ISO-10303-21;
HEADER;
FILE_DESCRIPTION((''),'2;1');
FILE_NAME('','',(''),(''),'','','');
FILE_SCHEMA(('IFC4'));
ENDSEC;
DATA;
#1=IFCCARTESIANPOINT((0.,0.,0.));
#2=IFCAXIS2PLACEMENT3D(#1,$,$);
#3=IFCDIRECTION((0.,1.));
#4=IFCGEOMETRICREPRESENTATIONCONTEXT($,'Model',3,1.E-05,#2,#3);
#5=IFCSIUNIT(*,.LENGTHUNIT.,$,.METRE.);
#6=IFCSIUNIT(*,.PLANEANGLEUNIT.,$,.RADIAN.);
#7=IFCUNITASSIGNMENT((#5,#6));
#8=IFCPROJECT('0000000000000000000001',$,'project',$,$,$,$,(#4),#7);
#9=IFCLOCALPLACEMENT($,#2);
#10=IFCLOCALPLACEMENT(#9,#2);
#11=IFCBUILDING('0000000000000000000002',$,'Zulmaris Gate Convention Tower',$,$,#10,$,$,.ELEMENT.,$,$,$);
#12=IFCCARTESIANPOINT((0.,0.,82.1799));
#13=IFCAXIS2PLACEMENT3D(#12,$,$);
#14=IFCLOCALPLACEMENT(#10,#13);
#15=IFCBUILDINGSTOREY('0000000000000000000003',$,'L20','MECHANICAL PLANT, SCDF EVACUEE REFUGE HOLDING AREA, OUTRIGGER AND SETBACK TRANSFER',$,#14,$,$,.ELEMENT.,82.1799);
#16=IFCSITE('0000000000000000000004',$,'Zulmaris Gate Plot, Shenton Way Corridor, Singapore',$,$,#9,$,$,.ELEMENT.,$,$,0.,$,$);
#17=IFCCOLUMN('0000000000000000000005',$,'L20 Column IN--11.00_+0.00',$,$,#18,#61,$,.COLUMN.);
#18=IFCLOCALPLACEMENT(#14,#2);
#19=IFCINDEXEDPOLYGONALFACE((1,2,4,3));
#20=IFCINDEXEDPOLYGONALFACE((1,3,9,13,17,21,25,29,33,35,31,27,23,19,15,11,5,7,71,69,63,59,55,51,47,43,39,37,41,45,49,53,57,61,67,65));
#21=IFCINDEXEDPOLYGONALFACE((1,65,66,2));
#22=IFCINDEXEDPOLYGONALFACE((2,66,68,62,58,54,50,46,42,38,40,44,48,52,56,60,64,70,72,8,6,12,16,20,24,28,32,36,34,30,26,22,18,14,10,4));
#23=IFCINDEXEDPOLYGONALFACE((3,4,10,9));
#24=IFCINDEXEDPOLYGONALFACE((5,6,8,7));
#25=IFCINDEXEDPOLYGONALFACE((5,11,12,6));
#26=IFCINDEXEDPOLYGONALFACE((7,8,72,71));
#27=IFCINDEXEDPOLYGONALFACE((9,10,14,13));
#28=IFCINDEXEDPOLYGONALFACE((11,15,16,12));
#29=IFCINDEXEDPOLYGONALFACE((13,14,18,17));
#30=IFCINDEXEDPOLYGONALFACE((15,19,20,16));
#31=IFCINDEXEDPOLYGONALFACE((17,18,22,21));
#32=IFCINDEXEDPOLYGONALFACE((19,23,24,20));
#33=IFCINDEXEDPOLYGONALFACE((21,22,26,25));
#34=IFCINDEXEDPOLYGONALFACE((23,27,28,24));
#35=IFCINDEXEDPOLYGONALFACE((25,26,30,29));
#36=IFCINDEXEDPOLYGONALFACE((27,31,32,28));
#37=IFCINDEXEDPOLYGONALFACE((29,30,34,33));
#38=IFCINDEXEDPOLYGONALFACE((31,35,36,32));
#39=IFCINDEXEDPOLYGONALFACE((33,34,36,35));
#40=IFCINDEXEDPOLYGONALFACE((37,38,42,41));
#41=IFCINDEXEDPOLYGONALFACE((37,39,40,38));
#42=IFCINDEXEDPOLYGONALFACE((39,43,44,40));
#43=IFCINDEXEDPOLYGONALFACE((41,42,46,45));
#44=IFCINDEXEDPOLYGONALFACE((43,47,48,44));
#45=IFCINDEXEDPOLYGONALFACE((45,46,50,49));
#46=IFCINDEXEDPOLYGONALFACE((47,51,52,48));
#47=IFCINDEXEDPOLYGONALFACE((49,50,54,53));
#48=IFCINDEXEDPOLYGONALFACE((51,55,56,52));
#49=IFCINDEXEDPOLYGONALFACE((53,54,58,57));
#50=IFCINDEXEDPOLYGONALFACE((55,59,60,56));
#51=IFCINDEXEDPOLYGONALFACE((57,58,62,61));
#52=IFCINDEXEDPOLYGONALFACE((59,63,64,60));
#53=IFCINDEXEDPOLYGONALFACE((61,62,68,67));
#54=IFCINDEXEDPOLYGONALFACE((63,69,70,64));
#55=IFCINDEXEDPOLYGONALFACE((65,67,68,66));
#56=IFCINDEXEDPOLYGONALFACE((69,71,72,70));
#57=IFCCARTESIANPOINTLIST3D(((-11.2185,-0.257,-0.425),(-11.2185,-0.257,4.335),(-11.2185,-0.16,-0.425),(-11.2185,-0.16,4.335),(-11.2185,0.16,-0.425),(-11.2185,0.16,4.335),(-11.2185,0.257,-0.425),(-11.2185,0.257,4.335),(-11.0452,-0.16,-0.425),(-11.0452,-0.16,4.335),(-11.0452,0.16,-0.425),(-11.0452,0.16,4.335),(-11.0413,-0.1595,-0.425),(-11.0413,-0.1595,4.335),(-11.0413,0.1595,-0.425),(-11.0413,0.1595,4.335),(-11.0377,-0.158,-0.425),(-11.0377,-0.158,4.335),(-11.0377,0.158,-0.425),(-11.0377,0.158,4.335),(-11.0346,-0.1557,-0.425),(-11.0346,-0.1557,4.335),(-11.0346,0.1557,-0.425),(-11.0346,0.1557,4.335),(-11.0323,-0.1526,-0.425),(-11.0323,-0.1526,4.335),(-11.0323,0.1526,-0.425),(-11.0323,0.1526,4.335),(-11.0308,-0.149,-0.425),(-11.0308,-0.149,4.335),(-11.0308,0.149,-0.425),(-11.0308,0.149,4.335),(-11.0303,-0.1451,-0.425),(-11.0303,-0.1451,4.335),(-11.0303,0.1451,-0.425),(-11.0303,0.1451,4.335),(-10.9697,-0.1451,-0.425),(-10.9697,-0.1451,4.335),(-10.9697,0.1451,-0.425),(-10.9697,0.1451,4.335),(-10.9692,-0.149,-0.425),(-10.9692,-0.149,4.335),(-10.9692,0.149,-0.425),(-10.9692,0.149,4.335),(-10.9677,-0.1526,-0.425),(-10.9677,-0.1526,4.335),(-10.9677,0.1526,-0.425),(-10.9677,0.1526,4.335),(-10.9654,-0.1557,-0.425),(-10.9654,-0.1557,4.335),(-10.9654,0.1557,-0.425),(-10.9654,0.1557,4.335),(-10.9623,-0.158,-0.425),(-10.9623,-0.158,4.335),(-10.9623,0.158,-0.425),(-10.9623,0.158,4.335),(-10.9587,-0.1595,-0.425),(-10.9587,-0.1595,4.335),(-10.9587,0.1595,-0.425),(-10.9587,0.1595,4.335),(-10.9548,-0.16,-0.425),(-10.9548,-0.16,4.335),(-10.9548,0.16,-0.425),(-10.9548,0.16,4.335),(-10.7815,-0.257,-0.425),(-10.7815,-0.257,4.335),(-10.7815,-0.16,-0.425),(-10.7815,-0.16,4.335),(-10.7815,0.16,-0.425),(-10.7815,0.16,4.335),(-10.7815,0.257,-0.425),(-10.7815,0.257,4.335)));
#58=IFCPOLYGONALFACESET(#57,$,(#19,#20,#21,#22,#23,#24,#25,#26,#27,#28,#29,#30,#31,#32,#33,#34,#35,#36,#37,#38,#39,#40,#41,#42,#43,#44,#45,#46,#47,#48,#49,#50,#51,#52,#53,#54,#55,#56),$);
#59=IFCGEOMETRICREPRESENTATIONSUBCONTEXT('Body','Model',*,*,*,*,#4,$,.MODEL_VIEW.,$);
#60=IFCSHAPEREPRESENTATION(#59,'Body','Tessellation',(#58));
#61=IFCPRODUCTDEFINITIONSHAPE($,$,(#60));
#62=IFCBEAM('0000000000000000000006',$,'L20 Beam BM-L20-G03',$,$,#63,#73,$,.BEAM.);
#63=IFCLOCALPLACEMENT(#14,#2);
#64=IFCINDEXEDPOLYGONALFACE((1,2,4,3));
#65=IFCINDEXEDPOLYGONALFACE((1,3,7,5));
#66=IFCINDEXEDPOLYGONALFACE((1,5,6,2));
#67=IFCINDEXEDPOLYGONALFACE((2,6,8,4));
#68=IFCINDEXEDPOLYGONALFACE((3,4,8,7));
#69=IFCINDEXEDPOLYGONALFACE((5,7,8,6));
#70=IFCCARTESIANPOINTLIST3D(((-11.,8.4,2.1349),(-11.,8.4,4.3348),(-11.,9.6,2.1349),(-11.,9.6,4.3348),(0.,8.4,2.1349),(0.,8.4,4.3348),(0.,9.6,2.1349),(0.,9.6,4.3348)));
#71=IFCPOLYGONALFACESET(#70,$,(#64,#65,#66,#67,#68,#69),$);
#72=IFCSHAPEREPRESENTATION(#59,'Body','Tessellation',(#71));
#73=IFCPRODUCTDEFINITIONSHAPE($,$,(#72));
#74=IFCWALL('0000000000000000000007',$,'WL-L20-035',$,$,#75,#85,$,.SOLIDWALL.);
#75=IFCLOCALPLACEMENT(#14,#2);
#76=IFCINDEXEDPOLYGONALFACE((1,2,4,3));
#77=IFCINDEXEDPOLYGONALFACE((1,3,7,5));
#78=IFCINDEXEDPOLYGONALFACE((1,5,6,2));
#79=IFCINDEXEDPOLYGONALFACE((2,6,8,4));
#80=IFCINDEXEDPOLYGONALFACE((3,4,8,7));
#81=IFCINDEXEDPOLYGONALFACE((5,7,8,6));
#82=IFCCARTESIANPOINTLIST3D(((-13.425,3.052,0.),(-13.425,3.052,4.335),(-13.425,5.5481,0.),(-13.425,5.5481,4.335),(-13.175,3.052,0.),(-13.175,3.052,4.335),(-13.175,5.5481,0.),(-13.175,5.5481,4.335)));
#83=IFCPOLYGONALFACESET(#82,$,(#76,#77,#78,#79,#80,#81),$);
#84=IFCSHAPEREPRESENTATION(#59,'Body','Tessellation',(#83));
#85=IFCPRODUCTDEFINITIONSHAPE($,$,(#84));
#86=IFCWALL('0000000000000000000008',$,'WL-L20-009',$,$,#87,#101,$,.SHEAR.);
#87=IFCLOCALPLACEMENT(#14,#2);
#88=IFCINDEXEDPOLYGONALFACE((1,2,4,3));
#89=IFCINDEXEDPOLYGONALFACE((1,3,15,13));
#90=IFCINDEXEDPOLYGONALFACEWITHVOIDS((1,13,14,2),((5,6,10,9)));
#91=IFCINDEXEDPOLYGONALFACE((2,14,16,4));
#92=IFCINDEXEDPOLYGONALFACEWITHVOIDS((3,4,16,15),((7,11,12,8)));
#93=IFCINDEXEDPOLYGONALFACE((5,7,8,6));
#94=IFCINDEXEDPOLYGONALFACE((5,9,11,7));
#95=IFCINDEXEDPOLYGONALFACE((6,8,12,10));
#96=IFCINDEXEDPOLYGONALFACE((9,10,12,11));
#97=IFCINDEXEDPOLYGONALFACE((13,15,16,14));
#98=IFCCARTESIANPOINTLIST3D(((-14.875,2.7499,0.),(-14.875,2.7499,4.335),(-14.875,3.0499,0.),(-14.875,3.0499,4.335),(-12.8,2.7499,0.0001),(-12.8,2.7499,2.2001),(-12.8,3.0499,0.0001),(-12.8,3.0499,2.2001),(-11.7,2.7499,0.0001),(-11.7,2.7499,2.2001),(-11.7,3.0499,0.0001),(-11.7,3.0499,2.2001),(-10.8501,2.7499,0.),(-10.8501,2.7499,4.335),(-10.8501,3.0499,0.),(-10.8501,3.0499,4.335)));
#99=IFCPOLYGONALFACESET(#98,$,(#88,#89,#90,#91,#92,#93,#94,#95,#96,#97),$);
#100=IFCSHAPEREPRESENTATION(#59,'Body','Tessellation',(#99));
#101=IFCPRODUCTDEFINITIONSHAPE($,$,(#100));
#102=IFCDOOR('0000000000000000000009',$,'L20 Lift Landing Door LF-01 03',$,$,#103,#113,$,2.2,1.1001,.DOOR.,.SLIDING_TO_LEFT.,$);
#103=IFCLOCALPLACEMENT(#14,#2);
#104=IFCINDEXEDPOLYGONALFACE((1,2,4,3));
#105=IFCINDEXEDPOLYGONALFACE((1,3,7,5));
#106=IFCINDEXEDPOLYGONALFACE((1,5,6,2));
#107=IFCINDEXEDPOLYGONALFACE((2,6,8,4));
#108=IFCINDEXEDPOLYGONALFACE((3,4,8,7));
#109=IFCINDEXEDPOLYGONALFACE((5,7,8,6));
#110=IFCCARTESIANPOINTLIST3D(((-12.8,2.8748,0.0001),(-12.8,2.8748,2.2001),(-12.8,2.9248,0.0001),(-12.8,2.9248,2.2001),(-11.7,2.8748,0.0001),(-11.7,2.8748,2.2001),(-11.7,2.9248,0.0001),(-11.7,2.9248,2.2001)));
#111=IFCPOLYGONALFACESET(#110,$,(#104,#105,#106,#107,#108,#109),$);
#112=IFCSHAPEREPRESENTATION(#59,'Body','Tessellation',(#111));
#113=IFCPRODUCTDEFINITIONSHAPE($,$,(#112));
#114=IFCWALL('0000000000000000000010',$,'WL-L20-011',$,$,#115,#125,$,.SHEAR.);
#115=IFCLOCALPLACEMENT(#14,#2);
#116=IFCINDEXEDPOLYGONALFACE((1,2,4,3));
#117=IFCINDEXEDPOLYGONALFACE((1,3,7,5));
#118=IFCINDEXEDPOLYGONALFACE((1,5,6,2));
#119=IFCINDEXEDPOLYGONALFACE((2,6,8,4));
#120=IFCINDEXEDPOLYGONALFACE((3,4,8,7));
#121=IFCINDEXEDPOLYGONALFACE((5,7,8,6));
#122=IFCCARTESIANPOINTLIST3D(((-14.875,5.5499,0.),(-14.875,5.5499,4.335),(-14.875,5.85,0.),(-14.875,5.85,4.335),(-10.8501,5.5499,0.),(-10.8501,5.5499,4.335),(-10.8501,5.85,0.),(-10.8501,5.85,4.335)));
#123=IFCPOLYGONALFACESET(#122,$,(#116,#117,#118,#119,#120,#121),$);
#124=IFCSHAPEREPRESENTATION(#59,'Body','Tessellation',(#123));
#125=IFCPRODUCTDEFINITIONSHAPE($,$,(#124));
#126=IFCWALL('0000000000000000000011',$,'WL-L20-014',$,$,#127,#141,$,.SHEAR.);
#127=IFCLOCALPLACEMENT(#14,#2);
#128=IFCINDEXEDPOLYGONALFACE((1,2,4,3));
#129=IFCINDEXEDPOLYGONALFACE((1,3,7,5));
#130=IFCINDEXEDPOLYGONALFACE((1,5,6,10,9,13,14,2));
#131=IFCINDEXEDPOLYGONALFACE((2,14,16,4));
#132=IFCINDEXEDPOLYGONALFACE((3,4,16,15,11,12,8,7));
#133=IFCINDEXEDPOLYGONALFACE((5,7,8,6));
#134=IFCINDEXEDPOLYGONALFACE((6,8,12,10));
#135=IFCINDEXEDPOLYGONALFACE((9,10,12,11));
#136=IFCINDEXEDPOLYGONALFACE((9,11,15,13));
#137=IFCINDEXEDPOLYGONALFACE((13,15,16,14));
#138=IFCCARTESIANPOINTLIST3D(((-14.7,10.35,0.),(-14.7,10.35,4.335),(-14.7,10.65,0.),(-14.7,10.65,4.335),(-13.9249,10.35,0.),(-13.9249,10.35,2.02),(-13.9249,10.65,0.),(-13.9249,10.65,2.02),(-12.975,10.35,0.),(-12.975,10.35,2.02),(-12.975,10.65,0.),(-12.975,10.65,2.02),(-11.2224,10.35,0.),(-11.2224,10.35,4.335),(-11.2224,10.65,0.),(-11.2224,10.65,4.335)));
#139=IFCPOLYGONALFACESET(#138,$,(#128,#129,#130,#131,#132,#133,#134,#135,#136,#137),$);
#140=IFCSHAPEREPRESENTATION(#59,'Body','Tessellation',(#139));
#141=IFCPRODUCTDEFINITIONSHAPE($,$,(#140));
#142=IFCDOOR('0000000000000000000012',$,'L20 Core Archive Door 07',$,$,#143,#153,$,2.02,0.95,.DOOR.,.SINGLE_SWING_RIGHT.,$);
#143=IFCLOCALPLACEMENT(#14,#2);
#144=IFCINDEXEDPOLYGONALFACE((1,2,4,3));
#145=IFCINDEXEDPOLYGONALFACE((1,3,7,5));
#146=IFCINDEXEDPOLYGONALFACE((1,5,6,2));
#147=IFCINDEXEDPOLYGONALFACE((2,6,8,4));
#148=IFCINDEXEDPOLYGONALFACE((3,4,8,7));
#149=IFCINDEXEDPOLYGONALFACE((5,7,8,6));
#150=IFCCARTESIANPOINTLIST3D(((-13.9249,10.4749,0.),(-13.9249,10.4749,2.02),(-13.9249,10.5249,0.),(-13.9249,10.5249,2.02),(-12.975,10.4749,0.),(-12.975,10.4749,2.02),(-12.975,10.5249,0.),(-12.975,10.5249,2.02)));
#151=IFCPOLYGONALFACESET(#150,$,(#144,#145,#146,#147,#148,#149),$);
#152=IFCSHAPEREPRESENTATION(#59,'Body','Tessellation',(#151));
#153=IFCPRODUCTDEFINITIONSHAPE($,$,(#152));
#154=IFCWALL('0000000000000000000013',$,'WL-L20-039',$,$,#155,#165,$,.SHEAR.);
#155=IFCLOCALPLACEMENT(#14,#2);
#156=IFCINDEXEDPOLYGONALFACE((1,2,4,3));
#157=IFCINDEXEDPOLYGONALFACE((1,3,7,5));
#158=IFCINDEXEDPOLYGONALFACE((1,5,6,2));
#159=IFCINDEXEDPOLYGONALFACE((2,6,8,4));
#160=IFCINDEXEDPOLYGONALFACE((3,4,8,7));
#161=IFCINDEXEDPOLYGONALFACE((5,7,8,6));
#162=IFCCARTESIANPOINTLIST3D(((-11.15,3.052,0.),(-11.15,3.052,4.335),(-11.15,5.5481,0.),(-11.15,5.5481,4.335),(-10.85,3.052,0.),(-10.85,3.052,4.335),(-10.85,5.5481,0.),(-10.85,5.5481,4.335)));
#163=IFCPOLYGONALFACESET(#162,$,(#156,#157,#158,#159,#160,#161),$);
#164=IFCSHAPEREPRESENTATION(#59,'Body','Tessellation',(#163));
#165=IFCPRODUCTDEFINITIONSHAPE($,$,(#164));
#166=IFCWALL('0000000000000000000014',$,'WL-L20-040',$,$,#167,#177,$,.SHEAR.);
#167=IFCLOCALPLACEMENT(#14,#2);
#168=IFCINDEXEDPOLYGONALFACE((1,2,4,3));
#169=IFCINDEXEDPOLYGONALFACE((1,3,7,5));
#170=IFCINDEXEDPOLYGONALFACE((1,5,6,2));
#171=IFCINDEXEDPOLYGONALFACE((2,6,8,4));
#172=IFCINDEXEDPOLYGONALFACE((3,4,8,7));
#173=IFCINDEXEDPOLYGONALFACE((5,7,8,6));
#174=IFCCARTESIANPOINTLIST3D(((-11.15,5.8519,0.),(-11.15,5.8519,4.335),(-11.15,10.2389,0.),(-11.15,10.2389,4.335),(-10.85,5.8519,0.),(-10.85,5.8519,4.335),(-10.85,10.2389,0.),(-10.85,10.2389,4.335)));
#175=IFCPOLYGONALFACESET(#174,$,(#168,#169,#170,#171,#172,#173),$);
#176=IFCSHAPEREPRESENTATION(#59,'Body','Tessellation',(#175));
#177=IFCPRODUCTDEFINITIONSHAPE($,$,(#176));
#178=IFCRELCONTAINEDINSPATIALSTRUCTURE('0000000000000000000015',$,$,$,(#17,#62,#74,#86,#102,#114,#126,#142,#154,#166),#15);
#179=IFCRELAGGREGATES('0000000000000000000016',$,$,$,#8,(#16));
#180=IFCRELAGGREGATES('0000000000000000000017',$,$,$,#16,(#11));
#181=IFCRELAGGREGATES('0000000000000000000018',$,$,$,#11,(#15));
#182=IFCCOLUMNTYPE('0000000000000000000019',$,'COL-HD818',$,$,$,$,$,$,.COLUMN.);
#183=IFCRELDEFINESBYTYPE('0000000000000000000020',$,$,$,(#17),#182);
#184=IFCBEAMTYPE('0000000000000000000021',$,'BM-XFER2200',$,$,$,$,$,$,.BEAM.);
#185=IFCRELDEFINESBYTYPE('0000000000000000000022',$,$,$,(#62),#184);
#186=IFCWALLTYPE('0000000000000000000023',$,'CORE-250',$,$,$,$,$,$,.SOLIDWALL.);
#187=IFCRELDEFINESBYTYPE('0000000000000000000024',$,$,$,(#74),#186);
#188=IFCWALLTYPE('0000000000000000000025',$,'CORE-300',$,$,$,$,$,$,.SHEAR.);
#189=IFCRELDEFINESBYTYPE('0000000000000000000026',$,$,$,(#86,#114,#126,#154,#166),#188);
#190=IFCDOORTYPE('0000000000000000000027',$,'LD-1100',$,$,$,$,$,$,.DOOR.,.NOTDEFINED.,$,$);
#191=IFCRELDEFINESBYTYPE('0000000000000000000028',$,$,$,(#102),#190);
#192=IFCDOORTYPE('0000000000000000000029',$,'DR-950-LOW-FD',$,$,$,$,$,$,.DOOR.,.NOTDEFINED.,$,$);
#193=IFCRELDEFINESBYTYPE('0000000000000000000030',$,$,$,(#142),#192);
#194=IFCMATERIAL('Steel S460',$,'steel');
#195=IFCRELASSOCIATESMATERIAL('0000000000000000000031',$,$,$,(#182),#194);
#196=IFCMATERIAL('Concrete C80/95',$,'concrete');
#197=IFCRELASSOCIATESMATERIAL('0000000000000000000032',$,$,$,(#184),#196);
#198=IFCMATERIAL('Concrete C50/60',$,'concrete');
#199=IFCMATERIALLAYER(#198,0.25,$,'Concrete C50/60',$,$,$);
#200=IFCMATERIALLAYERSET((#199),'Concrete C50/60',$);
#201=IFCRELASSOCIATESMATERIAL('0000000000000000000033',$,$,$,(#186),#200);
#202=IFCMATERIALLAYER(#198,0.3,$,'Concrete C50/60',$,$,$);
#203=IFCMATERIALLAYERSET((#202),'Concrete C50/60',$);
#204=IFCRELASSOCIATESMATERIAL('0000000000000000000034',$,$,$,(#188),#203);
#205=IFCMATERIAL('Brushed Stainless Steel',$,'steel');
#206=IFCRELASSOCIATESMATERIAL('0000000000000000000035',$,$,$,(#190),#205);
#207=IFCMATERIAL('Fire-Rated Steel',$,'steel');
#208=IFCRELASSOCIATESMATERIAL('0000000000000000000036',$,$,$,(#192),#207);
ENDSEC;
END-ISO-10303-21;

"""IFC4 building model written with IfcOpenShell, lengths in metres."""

from ifc_helpers import new_model, si_unit, direction, frame, frame_2d, origin, origin_2d, place, context, subcontext, project, spatial, rectangle, i_section, extrude, material, layer, layer_set, material_profile, profile_set, type_object, element, fill, save


model = new_model("IFC4")

# Units and contexts
model_context = context("Model", 3, precision=1e-05, world=origin(), true_north=direction((0.0, 1.0)))
body_context = subcontext(model_context, "Body", "Model", "MODEL_VIEW")
ifc_project = project(units=[si_unit("LENGTHUNIT", "METRE"), si_unit("PLANEANGLEUNIT", "RADIAN")], contexts=[model_context])

# Site, building, storey
site_placement = place(None, origin())
site = spatial("IfcSite", under=ifc_project, at=site_placement, Name="Zulmaris Gate Plot, Shenton Way Corridor, Singapore", CompositionType="ELEMENT", RefElevation=0.0)
building_placement = place(site_placement, origin())
building = spatial("IfcBuilding", under=site, at=building_placement, Name="Zulmaris Gate Convention Tower", CompositionType="ELEMENT")
storey_placement = place(building_placement, frame((0.0, 0.0, 82.1799)))
storey = spatial("IfcBuildingStorey", under=building, at=storey_placement, Name="L20", Description="MECHANICAL PLANT, SCDF EVACUEE REFUGE HOLDING AREA, OUTRIGGER AND SETBACK TRANSFER", CompositionType="ELEMENT", Elevation=82.1799)

# Column
ifc_material_1 = material(Name="Steel S460", Category="steel")
ifc_material_profile_1 = material_profile(ifc_material_1, i_section(OverallWidth=0.437, OverallDepth=0.5139, WebThickness=0.0605, FlangeThickness=0.0969, FilletRadius=0.0149, at=origin_2d()), Name="HD 400x818")
ifc_profile_set_1 = profile_set([ifc_material_profile_1], Name="Steel S460")
column_type = type_object("IfcColumnType", Name="COL-HD818", PredefinedType="COLUMN", material=ifc_profile_set_1)
column_placement = place(storey_placement, frame((-11.0, 0.0, -0.425), z_axis=(0.0, 0.0, 1.0), x_axis=(1.0, 0.0, 0.0)))
element("IfcColumn", 1, at=column_placement, inside=storey, type_object=column_type, Name="L20 Column IN--11.00_+0.00", PredefinedType="COLUMN", context=body_context, shape_type="SweptSolid", body=[
    extrude(i_section(OverallWidth=0.437, OverallDepth=0.5139, WebThickness=0.0605, FlangeThickness=0.0969, FilletRadius=0.0149, at=origin_2d()), origin(), (0.0, 0.0, 1.0), 4.76),
])

# Beam
ifc_material_2 = material(Name="Concrete C80/95", Category="concrete")
ifc_material_profile_2 = material_profile(ifc_material_2, rectangle(XDim=1.2, YDim=2.2, at=origin_2d()), Name="RC TRANSFER 1200x2200")
ifc_profile_set_2 = profile_set([ifc_material_profile_2], Name="Concrete C80/95")
beam_type = type_object("IfcBeamType", Name="BM-XFER2200", PredefinedType="BEAM", material=ifc_profile_set_2)
beam_placement = place(storey_placement, frame((-11.0, 9.0, 3.2349), z_axis=(1.0, 0.0, 0.0), x_axis=(0.0, 1.0, 0.0)))
element("IfcBeam", 2, at=beam_placement, inside=storey, type_object=beam_type, Name="L20 Beam BM-L20-G03", PredefinedType="BEAM", context=body_context, shape_type="SweptSolid", body=[
    extrude(rectangle(XDim=1.2, YDim=2.2, at=origin_2d()), origin(), (0.0, 0.0, 1.0), 11.0),
])

# Wall
ifc_material_3 = material(Name="Concrete C50/60", Category="concrete")
ifc_layer_1 = layer(ifc_material_3, 0.25, Name="Concrete C50/60")
ifc_layer_set_1 = layer_set([ifc_layer_1], Name="Concrete C50/60")
wall_type_1 = type_object("IfcWallType", Name="CORE-250", PredefinedType="SOLIDWALL", material=ifc_layer_set_1)
wall_1_placement = place(storey_placement, frame((-13.3, 3.052, 0.0), z_axis=(0.0, 0.0, 1.0), x_axis=(0.0, 1.0, 0.0)))
element("IfcWall", 3, at=wall_1_placement, inside=storey, type_object=wall_type_1, Name="WL-L20-035", PredefinedType="SOLIDWALL", context=body_context, shape_type="SweptSolid", body=[
    extrude(rectangle(XDim=2.4961, YDim=0.25, at=frame_2d((1.248, 0.0))), origin(), (0.0, 0.0, 1.0), 4.335),
])

# Wall, opening, door
ifc_layer_2 = layer(ifc_material_3, 0.3, Name="Concrete C50/60")
ifc_layer_set_2 = layer_set([ifc_layer_2], Name="Concrete C50/60")
wall_type_2 = type_object("IfcWallType", Name="CORE-300", PredefinedType="SHEAR", material=ifc_layer_set_2)
wall_2_placement = place(storey_placement, frame((-14.875, 2.8999, 0.0), z_axis=(0.0, 0.0, 1.0), x_axis=(1.0, 0.0, 0.0)))
wall_2 = element("IfcWall", 4, at=wall_2_placement, inside=storey, type_object=wall_type_2, Name="WL-L20-009", PredefinedType="SHEAR", context=body_context, shape_type="SweptSolid", body=[
    extrude(rectangle(XDim=4.0249, YDim=0.3, at=frame_2d((2.0125, 0.0))), origin(), (0.0, 0.0, 1.0), 4.335),
])
opening_1_placement = place(wall_2_placement, frame((2.075, 0.0, 0.0)))
opening_1 = element("IfcOpeningElement", 5, at=opening_1_placement, cuts=wall_2, PredefinedType="OPENING", context=body_context, shape_type="SweptSolid", body=[
    extrude(rectangle(XDim=1.1001, YDim=2.2, at=frame_2d((0.55, 1.1001))), frame((0.0, 0.1602, 0.0), z_axis=(0.0, -1.0, 0.0), x_axis=(1.0, 0.0, 0.0)), (0.0, 0.0, 1.0), 0.3201),
])
ifc_material_4 = material(Name="Brushed Stainless Steel", Category="steel")
door_type_1 = type_object("IfcDoorType", Name="LD-1100", OperationType="NOTDEFINED", PredefinedType="DOOR", material=ifc_material_4)
door_1_placement = place(opening_1_placement, origin())
door_1 = element("IfcDoor", 6, at=door_1_placement, inside=storey, type_object=door_type_1, Name="L20 Lift Landing Door LF-01 03", OperationType="SLIDING_TO_LEFT", OverallHeight=2.2, OverallWidth=1.1001, PredefinedType="DOOR", context=body_context, shape_type="SweptSolid", body=[
    extrude(rectangle(XDim=1.1001, YDim=2.2, at=frame_2d((0.55, 1.1001))), frame((0.0, 0.0249, 0.0), z_axis=(0.0, -1.0, 0.0), x_axis=(1.0, 0.0, 0.0)), (0.0, 0.0, 1.0), 0.05),
])
fill(opening_1, door_1)

# Wall
wall_3_placement = place(storey_placement, frame((-14.875, 5.7, 0.0), z_axis=(0.0, 0.0, 1.0), x_axis=(1.0, 0.0, 0.0)))
element("IfcWall", 7, at=wall_3_placement, inside=storey, type_object=wall_type_2, Name="WL-L20-011", PredefinedType="SHEAR", context=body_context, shape_type="SweptSolid", body=[
    extrude(rectangle(XDim=4.0249, YDim=0.3, at=frame_2d((2.0125, 0.0))), origin(), (0.0, 0.0, 1.0), 4.335),
])

# Wall, opening, door
wall_4_placement = place(storey_placement, frame((-14.7, 10.5, 0.0), z_axis=(0.0, 0.0, 1.0), x_axis=(1.0, 0.0, 0.0)))
wall_4 = element("IfcWall", 8, at=wall_4_placement, inside=storey, type_object=wall_type_2, Name="WL-L20-014", PredefinedType="SHEAR", context=body_context, shape_type="SweptSolid", body=[
    extrude(rectangle(XDim=3.4775, YDim=0.3, at=frame_2d((1.7388, 0.0))), origin(), (0.0, 0.0, 1.0), 4.335),
])
opening_2_placement = place(wall_4_placement, frame((0.7749, 0.0, 0.0)))
opening_2 = element("IfcOpeningElement", 9, at=opening_2_placement, cuts=wall_4, PredefinedType="OPENING", context=body_context, shape_type="SweptSolid", body=[
    extrude(rectangle(XDim=0.95, YDim=2.02, at=frame_2d((0.4751, 1.01))), frame((0.0, 0.1602, 0.0), z_axis=(0.0, -1.0, 0.0), x_axis=(1.0, 0.0, 0.0)), (0.0, 0.0, 1.0), 0.3201),
])
ifc_material_5 = material(Name="Fire-Rated Steel", Category="steel")
door_type_2 = type_object("IfcDoorType", Name="DR-950-LOW-FD", OperationType="NOTDEFINED", PredefinedType="DOOR", material=ifc_material_5)
door_2_placement = place(opening_2_placement, origin())
door_2 = element("IfcDoor", 10, at=door_2_placement, inside=storey, type_object=door_type_2, Name="L20 Core Archive Door 07", OperationType="SINGLE_SWING_RIGHT", OverallHeight=2.02, OverallWidth=0.95, PredefinedType="DOOR", context=body_context, shape_type="SweptSolid", body=[
    extrude(rectangle(XDim=0.95, YDim=2.02, at=frame_2d((0.4751, 1.01))), frame((0.0, 0.0249, 0.0), z_axis=(0.0, -1.0, 0.0), x_axis=(1.0, 0.0, 0.0)), (0.0, 0.0, 1.0), 0.05),
])
fill(opening_2, door_2)

# Walls
wall_5_placement = place(storey_placement, frame((-11.0, 3.052, 0.0), z_axis=(0.0, 0.0, 1.0), x_axis=(0.0, 1.0, 0.0)))
element("IfcWall", 11, at=wall_5_placement, inside=storey, type_object=wall_type_2, Name="WL-L20-039", PredefinedType="SHEAR", context=body_context, shape_type="SweptSolid", body=[
    extrude(rectangle(XDim=2.4961, YDim=0.3, at=frame_2d((1.248, 0.0))), origin(), (0.0, 0.0, 1.0), 4.335),
])
wall_6_placement = place(storey_placement, frame((-11.0, 5.8521, 0.0), z_axis=(0.0, 0.0, 1.0), x_axis=(0.0, 1.0, 0.0)))
element("IfcWall", 12, at=wall_6_placement, inside=storey, type_object=wall_type_2, Name="WL-L20-040", PredefinedType="SHEAR", context=body_context, shape_type="SweptSolid", body=[
    extrude(rectangle(XDim=4.387, YDim=0.3, at=frame_2d((2.1934, 0.0))), origin(), (0.0, 0.0, 1.0), 4.335),
])

save(model, "model.ifc")
